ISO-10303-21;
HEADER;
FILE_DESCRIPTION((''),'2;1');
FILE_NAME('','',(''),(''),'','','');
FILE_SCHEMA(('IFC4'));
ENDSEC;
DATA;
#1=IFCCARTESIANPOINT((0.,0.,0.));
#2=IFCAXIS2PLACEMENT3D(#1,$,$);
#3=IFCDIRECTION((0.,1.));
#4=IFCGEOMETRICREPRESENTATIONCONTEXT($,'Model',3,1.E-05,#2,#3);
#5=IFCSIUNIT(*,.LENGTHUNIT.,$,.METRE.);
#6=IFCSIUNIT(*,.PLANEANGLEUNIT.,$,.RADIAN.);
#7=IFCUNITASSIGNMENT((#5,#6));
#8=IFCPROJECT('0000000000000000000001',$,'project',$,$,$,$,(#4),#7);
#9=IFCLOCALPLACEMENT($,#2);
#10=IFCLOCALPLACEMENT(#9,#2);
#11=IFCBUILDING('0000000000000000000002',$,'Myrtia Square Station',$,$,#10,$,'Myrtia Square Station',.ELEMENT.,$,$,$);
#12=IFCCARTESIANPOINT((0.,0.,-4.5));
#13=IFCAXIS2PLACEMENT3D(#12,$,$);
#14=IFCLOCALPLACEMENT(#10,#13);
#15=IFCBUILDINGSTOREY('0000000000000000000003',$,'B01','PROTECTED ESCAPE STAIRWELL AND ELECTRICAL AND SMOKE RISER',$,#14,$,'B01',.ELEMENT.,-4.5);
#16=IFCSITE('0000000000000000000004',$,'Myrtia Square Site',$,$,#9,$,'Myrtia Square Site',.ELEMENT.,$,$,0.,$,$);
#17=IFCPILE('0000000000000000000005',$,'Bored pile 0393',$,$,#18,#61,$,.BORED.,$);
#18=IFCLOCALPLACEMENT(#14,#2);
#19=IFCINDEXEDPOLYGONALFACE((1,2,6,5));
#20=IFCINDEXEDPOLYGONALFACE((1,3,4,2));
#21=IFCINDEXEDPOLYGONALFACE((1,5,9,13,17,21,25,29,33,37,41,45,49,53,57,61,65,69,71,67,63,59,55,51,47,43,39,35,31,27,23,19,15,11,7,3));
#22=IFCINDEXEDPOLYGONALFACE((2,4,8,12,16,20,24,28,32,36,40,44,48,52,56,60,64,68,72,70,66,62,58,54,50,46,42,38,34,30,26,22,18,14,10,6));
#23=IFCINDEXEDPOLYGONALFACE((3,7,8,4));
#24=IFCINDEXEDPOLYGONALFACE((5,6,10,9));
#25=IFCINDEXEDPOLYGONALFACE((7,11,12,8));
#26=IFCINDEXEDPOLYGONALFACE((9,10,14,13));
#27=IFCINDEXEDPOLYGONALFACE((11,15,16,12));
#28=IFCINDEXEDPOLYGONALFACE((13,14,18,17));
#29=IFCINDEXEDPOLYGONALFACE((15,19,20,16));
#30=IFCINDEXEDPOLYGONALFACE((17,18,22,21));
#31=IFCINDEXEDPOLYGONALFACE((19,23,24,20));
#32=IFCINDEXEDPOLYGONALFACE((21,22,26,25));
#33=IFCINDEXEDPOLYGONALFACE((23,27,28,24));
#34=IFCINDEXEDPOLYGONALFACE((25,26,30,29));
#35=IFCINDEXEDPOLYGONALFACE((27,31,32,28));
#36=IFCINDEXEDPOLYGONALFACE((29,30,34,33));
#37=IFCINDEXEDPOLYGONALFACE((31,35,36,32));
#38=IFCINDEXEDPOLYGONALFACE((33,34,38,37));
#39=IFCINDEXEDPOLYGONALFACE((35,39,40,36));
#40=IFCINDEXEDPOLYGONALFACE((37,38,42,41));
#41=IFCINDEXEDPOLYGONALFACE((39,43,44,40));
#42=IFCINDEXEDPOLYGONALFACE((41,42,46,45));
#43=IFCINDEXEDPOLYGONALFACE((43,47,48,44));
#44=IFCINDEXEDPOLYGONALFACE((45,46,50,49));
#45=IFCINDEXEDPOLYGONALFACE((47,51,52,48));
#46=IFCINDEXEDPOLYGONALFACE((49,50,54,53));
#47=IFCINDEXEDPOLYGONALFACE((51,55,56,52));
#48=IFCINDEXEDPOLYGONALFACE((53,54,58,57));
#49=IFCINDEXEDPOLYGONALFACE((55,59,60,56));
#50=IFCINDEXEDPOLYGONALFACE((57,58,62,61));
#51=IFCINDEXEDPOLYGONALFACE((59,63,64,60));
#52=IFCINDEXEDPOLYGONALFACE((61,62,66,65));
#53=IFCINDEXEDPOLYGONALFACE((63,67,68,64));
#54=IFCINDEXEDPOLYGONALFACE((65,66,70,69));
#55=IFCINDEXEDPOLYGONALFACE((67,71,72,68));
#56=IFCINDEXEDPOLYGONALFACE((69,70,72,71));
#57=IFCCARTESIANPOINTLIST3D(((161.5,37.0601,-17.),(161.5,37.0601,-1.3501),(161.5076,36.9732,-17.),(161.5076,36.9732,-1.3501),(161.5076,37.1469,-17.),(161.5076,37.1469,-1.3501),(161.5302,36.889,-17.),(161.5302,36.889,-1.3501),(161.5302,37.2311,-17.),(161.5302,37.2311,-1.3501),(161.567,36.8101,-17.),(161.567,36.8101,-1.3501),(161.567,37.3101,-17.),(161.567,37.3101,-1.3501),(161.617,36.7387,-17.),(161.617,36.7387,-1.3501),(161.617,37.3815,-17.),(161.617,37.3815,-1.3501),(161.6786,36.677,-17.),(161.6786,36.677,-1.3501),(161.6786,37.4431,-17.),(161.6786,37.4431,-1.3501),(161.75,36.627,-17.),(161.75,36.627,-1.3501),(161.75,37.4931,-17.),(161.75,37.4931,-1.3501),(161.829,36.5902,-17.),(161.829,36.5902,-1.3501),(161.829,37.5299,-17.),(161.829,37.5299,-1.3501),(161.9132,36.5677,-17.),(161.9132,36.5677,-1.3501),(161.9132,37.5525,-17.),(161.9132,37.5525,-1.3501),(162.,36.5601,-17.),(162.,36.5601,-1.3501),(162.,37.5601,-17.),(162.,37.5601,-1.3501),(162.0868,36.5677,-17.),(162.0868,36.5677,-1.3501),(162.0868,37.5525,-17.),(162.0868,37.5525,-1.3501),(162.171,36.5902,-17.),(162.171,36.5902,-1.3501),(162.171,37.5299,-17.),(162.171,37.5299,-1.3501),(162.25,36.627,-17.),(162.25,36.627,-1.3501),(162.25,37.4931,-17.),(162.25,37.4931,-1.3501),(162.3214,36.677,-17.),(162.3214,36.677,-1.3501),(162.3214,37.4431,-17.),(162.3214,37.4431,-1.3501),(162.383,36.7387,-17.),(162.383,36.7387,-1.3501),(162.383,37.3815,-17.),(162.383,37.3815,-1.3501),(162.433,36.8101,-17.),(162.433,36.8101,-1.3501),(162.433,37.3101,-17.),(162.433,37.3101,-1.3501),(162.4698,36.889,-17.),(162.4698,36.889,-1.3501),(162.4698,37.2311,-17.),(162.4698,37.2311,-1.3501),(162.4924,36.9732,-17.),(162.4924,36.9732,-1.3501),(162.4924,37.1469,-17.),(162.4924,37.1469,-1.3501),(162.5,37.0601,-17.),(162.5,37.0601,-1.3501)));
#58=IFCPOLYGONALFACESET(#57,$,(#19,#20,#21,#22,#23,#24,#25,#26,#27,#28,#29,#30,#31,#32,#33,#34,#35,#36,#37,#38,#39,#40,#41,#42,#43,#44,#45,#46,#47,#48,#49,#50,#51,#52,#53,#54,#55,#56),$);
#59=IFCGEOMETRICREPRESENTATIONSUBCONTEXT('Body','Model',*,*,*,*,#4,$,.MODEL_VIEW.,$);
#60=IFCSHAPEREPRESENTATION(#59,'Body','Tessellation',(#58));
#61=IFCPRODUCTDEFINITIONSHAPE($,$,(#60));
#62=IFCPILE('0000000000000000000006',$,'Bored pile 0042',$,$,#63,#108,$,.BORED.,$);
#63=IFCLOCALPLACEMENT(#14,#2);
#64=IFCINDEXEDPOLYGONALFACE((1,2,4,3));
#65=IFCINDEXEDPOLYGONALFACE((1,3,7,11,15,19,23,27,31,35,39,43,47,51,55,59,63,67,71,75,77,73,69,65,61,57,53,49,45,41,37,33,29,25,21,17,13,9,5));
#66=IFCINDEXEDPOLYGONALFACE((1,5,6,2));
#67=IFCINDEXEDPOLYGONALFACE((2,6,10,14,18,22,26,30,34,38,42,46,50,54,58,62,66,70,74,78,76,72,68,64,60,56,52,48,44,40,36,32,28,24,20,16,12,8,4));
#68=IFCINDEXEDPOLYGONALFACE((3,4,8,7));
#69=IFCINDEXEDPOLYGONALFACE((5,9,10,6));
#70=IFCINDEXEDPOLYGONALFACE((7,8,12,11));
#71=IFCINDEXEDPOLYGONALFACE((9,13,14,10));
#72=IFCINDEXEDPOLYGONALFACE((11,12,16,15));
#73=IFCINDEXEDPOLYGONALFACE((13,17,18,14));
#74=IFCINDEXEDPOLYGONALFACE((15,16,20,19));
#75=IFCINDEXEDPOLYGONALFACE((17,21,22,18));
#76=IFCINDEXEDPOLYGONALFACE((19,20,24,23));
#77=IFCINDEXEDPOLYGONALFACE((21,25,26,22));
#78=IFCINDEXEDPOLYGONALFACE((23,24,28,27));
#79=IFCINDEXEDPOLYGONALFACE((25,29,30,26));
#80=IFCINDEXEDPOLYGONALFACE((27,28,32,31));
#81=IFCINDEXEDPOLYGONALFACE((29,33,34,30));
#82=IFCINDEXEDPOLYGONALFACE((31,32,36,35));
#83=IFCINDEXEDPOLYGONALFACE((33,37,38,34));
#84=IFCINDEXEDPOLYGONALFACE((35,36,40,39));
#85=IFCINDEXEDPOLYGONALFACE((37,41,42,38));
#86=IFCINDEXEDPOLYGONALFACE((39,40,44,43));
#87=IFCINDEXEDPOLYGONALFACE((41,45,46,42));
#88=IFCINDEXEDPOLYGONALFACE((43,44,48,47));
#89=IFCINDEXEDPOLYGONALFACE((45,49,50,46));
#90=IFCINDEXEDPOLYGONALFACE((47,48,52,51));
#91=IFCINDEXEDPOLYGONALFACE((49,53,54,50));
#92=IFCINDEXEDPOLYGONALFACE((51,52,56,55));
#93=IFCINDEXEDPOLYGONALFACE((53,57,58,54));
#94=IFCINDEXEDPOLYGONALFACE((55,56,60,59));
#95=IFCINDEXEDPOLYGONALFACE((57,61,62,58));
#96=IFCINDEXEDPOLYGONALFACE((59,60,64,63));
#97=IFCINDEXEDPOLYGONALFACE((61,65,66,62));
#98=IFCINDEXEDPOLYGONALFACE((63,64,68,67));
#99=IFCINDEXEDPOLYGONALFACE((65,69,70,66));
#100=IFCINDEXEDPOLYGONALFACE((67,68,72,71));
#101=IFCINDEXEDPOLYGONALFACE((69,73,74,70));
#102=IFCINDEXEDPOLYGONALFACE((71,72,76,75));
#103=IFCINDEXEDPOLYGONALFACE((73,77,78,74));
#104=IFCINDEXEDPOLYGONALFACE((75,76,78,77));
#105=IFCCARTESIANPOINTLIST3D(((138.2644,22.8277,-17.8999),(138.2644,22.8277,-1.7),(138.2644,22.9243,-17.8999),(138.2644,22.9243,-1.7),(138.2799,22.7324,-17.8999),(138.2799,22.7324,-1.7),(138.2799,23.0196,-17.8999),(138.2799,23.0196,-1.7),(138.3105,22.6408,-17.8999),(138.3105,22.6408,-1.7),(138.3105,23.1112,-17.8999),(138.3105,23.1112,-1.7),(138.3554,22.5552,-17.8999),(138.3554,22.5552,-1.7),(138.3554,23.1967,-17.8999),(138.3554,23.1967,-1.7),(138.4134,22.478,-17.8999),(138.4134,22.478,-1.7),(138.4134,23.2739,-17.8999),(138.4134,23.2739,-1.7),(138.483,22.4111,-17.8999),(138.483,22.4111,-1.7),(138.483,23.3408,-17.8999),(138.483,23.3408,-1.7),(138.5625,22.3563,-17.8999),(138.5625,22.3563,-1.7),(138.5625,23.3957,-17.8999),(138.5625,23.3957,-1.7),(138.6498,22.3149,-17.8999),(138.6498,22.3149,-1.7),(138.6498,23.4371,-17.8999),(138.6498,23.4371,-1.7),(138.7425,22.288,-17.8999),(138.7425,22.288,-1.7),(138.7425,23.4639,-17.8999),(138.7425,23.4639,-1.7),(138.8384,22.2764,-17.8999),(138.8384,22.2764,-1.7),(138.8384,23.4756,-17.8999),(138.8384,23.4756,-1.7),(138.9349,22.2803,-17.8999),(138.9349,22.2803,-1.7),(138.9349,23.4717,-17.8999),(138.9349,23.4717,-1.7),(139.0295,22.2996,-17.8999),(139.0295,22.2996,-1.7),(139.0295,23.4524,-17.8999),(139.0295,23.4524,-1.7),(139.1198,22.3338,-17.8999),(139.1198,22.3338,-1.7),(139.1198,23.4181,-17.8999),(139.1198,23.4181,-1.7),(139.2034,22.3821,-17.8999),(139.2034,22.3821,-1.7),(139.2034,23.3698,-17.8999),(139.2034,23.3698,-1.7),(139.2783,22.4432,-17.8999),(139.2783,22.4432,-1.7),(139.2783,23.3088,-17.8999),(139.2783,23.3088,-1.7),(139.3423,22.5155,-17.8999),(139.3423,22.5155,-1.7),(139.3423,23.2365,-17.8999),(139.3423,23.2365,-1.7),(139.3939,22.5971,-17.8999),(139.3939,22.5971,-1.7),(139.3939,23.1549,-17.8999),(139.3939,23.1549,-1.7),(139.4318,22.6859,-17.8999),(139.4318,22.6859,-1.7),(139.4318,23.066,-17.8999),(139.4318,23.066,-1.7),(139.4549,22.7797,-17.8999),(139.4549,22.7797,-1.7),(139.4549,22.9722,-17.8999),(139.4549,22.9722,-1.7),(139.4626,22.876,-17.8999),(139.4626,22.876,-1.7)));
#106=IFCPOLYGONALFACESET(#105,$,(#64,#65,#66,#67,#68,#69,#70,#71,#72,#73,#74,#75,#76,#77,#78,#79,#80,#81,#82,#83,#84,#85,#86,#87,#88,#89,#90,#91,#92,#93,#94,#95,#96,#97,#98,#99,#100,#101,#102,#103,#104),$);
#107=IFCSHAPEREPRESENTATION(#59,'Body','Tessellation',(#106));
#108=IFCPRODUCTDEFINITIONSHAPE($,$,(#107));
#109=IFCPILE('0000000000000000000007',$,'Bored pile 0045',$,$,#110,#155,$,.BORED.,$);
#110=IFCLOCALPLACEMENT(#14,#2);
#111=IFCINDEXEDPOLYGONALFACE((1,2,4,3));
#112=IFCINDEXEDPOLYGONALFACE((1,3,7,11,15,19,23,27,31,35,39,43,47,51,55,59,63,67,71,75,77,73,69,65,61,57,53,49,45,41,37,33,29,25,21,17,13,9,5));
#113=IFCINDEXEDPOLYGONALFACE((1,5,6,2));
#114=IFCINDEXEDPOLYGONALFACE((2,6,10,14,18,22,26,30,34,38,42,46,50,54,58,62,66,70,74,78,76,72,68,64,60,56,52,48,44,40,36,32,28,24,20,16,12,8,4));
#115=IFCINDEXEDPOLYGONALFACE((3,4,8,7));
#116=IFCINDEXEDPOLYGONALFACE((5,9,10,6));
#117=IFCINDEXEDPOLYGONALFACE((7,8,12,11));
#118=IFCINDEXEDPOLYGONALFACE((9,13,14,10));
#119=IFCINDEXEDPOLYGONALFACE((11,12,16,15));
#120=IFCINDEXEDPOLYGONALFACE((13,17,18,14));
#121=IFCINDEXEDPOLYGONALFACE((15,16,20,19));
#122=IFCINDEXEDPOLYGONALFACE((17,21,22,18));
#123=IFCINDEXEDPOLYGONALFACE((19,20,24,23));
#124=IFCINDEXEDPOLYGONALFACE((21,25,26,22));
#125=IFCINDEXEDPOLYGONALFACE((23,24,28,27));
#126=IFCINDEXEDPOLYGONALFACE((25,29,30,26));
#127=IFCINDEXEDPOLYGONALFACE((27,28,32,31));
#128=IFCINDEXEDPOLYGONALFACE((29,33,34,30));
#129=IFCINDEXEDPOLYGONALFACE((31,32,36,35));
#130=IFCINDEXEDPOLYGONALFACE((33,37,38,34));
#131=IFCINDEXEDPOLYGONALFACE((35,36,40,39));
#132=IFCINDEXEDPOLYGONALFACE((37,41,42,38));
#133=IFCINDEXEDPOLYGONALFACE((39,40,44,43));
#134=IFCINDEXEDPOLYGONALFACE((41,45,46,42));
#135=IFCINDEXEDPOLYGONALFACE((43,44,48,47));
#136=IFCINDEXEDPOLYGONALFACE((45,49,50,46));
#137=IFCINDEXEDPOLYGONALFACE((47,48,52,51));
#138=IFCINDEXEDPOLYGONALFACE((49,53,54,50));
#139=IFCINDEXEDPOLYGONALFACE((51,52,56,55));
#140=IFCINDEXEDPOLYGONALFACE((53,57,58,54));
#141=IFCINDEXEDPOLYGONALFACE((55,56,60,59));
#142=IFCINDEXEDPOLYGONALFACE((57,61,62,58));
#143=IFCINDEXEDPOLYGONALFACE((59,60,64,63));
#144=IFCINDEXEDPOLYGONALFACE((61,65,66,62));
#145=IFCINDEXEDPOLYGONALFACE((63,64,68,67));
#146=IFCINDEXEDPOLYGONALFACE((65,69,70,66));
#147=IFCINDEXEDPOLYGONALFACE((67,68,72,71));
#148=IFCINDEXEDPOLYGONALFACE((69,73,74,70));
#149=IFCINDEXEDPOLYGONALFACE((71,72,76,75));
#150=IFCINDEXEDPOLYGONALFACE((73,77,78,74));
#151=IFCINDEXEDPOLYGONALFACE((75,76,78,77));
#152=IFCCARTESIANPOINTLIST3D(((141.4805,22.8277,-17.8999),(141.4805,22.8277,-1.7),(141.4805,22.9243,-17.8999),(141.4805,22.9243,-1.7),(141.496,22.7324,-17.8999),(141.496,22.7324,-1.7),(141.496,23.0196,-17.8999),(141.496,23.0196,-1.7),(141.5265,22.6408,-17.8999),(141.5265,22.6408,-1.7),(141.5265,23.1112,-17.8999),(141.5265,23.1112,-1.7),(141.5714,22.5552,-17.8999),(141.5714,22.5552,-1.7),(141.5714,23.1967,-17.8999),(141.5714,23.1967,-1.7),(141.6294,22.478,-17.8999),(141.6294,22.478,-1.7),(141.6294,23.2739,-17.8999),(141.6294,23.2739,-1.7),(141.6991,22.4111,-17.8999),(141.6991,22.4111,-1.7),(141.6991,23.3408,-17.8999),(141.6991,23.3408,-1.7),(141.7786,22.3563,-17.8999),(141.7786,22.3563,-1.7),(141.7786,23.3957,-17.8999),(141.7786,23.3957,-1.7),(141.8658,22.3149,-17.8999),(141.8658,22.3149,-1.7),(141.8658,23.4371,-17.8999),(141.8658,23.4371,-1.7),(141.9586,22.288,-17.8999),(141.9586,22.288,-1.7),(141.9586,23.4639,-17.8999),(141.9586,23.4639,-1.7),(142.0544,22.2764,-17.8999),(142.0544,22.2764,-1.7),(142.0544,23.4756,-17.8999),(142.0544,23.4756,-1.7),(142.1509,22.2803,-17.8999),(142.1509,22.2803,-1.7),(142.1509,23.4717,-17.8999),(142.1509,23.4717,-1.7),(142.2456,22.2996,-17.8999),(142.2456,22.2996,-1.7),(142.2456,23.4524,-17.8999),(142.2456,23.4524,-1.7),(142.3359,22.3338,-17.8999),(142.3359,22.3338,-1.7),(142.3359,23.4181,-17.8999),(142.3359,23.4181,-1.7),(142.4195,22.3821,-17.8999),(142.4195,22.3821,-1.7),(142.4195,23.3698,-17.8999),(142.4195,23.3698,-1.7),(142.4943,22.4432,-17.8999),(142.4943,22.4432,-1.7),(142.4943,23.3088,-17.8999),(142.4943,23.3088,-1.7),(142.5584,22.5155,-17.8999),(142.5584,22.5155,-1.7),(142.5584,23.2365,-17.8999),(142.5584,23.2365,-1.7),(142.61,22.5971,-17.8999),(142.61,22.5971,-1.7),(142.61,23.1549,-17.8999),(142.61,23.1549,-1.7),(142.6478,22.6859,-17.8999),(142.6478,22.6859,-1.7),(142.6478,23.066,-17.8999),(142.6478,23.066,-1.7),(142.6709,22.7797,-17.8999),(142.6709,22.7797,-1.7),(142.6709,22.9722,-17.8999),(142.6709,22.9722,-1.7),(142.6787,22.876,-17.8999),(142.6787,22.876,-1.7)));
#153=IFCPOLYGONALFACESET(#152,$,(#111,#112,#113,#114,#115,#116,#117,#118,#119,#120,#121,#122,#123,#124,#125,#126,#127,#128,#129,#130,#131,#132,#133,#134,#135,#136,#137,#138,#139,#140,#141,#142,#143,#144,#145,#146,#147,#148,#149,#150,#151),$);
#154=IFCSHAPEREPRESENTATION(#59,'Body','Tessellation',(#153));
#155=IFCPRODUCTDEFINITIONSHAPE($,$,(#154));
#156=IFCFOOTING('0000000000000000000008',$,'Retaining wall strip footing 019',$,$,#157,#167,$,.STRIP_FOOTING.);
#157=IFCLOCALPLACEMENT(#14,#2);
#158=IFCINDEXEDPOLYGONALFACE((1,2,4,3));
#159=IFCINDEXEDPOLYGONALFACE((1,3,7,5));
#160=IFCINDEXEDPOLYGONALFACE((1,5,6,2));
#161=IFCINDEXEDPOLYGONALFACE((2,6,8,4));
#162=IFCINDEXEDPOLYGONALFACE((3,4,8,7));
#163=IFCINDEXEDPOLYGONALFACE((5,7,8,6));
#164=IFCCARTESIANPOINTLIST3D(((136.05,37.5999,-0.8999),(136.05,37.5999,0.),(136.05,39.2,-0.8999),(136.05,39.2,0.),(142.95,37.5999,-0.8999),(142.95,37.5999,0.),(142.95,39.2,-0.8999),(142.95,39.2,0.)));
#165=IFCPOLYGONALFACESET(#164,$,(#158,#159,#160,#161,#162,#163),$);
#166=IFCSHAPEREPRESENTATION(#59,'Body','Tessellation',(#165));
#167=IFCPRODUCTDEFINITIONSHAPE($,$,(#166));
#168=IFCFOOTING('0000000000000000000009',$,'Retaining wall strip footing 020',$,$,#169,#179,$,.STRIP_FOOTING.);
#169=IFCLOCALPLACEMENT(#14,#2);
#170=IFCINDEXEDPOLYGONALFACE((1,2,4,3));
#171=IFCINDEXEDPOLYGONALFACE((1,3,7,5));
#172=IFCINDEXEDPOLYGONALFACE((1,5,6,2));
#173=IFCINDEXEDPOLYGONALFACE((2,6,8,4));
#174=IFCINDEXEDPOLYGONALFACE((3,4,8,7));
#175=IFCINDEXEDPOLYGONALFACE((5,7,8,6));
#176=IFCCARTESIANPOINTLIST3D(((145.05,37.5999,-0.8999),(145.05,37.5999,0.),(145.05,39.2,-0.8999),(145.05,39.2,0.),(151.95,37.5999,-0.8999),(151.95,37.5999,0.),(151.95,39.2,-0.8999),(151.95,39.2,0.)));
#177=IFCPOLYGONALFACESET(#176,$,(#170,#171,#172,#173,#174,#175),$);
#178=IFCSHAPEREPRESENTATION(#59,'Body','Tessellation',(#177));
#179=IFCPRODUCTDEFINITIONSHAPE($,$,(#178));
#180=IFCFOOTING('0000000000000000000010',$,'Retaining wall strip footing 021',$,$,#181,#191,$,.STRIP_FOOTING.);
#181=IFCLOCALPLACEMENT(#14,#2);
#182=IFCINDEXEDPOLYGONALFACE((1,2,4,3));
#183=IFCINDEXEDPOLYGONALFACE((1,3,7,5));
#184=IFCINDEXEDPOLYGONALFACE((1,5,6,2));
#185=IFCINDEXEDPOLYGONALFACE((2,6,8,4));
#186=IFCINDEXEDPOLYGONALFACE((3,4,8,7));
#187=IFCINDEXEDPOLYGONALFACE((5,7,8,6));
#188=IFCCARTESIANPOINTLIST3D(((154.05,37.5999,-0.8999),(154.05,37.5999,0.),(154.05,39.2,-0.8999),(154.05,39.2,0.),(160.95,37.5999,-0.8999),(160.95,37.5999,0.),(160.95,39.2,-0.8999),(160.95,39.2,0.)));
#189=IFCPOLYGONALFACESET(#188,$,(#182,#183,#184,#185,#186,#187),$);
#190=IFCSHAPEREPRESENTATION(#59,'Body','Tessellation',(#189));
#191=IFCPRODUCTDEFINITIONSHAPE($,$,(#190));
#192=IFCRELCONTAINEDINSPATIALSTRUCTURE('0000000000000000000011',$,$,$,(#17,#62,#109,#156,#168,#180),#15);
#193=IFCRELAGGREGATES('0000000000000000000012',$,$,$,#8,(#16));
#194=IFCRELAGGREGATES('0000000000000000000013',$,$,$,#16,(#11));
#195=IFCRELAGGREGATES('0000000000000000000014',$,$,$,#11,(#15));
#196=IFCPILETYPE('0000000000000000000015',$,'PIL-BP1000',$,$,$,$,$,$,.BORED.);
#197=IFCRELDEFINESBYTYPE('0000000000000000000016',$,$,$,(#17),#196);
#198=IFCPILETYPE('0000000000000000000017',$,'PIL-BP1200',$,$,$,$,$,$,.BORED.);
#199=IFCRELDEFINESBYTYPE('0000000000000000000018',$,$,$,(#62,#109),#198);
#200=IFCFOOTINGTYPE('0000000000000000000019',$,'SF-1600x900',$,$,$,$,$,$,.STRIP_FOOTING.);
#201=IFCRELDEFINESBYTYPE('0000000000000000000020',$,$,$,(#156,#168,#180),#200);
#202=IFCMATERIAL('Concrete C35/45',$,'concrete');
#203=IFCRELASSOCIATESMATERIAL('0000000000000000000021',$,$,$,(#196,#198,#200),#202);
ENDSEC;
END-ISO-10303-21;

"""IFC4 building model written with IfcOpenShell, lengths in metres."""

from ifc_helpers import new_model, si_unit, direction, frame, origin, origin_2d, place, context, subcontext, project, spatial, rectangle, circle, extrude, material, material_profile, profile_set, type_object, element, save


model = new_model("IFC4")

# Units and contexts
model_context = context("Model", 3, precision=1e-05, world=origin(), true_north=direction((0.0, 1.0)))
body_context = subcontext(model_context, "Body", "Model", "MODEL_VIEW")
ifc_project = project(units=[si_unit("LENGTHUNIT", "METRE"), si_unit("PLANEANGLEUNIT", "RADIAN")], contexts=[model_context])

# Site, building, storey
site_placement = place(None, origin())
site = spatial("IfcSite", under=ifc_project, at=site_placement, Name="Myrtia Square Site", LongName="Myrtia Square Site", CompositionType="ELEMENT", RefElevation=0.0)
building_placement = place(site_placement, origin())
building = spatial("IfcBuilding", under=site, at=building_placement, Name="Myrtia Square Station", LongName="Myrtia Square Station", CompositionType="ELEMENT")
storey_placement = place(building_placement, frame((0.0, 0.0, -4.5)))
storey = spatial("IfcBuildingStorey", under=building, at=storey_placement, Name="B01", Description="PROTECTED ESCAPE STAIRWELL AND ELECTRICAL AND SMOKE RISER", LongName="B01", CompositionType="ELEMENT", Elevation=-4.5)

# Shared definitions
ifc_material_1 = material(Name="Concrete C35/45", Category="concrete")

# Piles
ifc_material_profile_1 = material_profile(ifc_material_1, circle(Radius=0.5, at=origin_2d()), Name="BP D1000")
ifc_profile_set_1 = profile_set([ifc_material_profile_1], Name="Concrete C35/45")
pile_type_1 = type_object("IfcPileType", Name="PIL-BP1000", PredefinedType="BORED", material=ifc_profile_set_1)
for number, where, z_axis, x_axis, name in (
    (1, (162.0, 37.0601, -1.3501), (0.0, 0.0, -1.0), (1.0, 0.0, 0.0), "Bored pile 0393"),
):
    element("IfcPile", number, at=place(storey_placement, frame(where, z_axis=z_axis, x_axis=x_axis)), inside=storey, type_object=pile_type_1, Name=name, PredefinedType="BORED", context=body_context, shape_type="SweptSolid", body=[
        extrude(circle(Radius=0.5, at=origin_2d()), origin(), (0.0, 0.0, 1.0), 15.6499),
    ])
ifc_material_profile_2 = material_profile(ifc_material_1, circle(Radius=0.6001, at=origin_2d()), Name="BP D1200")
ifc_profile_set_2 = profile_set([ifc_material_profile_2], Name="Concrete C35/45")
pile_type_2 = type_object("IfcPileType", Name="PIL-BP1200", PredefinedType="BORED", material=ifc_profile_set_2)
for number, where, z_axis, x_axis, name in (
    (2, (138.8625, 22.876, -1.7), (0.0, 0.0, -1.0), (1.0, 0.0, 0.0), "Bored pile 0042"),
    (3, (142.0786, 22.876, -1.7), (0.0, 0.0, -1.0), (1.0, 0.0, 0.0), "Bored pile 0045"),
):
    element("IfcPile", number, at=place(storey_placement, frame(where, z_axis=z_axis, x_axis=x_axis)), inside=storey, type_object=pile_type_2, Name=name, PredefinedType="BORED", context=body_context, shape_type="SweptSolid", body=[
        extrude(circle(Radius=0.6001, at=origin_2d()), origin(), (0.0, 0.0, 1.0), 16.2),
    ])

# Footings
footing_type_1 = type_object("IfcFootingType", Name="SF-1600x900", PredefinedType="STRIP_FOOTING", material=ifc_material_1)
for number, where, z_axis, x_axis, name in (
    (4, (139.5, 38.3999, -0.8999), (0.0, 0.0, 1.0), (1.0, 0.0, 0.0), "Retaining wall strip footing 019"),
    (5, (148.5, 38.3999, -0.8999), (0.0, 0.0, 1.0), (1.0, 0.0, 0.0), "Retaining wall strip footing 020"),
    (6, (157.5, 38.3999, -0.8999), (0.0, 0.0, 1.0), (1.0, 0.0, 0.0), "Retaining wall strip footing 021"),
):
    element("IfcFooting", number, at=place(storey_placement, frame(where, z_axis=z_axis, x_axis=x_axis)), inside=storey, type_object=footing_type_1, Name=name, PredefinedType="STRIP_FOOTING", context=body_context, shape_type="SweptSolid", body=[
        extrude(rectangle(XDim=6.8999, YDim=1.6001, at=origin_2d()), origin(), (0.0, 0.0, 1.0), 0.8999),
    ])

save(model, "model.ifc")
